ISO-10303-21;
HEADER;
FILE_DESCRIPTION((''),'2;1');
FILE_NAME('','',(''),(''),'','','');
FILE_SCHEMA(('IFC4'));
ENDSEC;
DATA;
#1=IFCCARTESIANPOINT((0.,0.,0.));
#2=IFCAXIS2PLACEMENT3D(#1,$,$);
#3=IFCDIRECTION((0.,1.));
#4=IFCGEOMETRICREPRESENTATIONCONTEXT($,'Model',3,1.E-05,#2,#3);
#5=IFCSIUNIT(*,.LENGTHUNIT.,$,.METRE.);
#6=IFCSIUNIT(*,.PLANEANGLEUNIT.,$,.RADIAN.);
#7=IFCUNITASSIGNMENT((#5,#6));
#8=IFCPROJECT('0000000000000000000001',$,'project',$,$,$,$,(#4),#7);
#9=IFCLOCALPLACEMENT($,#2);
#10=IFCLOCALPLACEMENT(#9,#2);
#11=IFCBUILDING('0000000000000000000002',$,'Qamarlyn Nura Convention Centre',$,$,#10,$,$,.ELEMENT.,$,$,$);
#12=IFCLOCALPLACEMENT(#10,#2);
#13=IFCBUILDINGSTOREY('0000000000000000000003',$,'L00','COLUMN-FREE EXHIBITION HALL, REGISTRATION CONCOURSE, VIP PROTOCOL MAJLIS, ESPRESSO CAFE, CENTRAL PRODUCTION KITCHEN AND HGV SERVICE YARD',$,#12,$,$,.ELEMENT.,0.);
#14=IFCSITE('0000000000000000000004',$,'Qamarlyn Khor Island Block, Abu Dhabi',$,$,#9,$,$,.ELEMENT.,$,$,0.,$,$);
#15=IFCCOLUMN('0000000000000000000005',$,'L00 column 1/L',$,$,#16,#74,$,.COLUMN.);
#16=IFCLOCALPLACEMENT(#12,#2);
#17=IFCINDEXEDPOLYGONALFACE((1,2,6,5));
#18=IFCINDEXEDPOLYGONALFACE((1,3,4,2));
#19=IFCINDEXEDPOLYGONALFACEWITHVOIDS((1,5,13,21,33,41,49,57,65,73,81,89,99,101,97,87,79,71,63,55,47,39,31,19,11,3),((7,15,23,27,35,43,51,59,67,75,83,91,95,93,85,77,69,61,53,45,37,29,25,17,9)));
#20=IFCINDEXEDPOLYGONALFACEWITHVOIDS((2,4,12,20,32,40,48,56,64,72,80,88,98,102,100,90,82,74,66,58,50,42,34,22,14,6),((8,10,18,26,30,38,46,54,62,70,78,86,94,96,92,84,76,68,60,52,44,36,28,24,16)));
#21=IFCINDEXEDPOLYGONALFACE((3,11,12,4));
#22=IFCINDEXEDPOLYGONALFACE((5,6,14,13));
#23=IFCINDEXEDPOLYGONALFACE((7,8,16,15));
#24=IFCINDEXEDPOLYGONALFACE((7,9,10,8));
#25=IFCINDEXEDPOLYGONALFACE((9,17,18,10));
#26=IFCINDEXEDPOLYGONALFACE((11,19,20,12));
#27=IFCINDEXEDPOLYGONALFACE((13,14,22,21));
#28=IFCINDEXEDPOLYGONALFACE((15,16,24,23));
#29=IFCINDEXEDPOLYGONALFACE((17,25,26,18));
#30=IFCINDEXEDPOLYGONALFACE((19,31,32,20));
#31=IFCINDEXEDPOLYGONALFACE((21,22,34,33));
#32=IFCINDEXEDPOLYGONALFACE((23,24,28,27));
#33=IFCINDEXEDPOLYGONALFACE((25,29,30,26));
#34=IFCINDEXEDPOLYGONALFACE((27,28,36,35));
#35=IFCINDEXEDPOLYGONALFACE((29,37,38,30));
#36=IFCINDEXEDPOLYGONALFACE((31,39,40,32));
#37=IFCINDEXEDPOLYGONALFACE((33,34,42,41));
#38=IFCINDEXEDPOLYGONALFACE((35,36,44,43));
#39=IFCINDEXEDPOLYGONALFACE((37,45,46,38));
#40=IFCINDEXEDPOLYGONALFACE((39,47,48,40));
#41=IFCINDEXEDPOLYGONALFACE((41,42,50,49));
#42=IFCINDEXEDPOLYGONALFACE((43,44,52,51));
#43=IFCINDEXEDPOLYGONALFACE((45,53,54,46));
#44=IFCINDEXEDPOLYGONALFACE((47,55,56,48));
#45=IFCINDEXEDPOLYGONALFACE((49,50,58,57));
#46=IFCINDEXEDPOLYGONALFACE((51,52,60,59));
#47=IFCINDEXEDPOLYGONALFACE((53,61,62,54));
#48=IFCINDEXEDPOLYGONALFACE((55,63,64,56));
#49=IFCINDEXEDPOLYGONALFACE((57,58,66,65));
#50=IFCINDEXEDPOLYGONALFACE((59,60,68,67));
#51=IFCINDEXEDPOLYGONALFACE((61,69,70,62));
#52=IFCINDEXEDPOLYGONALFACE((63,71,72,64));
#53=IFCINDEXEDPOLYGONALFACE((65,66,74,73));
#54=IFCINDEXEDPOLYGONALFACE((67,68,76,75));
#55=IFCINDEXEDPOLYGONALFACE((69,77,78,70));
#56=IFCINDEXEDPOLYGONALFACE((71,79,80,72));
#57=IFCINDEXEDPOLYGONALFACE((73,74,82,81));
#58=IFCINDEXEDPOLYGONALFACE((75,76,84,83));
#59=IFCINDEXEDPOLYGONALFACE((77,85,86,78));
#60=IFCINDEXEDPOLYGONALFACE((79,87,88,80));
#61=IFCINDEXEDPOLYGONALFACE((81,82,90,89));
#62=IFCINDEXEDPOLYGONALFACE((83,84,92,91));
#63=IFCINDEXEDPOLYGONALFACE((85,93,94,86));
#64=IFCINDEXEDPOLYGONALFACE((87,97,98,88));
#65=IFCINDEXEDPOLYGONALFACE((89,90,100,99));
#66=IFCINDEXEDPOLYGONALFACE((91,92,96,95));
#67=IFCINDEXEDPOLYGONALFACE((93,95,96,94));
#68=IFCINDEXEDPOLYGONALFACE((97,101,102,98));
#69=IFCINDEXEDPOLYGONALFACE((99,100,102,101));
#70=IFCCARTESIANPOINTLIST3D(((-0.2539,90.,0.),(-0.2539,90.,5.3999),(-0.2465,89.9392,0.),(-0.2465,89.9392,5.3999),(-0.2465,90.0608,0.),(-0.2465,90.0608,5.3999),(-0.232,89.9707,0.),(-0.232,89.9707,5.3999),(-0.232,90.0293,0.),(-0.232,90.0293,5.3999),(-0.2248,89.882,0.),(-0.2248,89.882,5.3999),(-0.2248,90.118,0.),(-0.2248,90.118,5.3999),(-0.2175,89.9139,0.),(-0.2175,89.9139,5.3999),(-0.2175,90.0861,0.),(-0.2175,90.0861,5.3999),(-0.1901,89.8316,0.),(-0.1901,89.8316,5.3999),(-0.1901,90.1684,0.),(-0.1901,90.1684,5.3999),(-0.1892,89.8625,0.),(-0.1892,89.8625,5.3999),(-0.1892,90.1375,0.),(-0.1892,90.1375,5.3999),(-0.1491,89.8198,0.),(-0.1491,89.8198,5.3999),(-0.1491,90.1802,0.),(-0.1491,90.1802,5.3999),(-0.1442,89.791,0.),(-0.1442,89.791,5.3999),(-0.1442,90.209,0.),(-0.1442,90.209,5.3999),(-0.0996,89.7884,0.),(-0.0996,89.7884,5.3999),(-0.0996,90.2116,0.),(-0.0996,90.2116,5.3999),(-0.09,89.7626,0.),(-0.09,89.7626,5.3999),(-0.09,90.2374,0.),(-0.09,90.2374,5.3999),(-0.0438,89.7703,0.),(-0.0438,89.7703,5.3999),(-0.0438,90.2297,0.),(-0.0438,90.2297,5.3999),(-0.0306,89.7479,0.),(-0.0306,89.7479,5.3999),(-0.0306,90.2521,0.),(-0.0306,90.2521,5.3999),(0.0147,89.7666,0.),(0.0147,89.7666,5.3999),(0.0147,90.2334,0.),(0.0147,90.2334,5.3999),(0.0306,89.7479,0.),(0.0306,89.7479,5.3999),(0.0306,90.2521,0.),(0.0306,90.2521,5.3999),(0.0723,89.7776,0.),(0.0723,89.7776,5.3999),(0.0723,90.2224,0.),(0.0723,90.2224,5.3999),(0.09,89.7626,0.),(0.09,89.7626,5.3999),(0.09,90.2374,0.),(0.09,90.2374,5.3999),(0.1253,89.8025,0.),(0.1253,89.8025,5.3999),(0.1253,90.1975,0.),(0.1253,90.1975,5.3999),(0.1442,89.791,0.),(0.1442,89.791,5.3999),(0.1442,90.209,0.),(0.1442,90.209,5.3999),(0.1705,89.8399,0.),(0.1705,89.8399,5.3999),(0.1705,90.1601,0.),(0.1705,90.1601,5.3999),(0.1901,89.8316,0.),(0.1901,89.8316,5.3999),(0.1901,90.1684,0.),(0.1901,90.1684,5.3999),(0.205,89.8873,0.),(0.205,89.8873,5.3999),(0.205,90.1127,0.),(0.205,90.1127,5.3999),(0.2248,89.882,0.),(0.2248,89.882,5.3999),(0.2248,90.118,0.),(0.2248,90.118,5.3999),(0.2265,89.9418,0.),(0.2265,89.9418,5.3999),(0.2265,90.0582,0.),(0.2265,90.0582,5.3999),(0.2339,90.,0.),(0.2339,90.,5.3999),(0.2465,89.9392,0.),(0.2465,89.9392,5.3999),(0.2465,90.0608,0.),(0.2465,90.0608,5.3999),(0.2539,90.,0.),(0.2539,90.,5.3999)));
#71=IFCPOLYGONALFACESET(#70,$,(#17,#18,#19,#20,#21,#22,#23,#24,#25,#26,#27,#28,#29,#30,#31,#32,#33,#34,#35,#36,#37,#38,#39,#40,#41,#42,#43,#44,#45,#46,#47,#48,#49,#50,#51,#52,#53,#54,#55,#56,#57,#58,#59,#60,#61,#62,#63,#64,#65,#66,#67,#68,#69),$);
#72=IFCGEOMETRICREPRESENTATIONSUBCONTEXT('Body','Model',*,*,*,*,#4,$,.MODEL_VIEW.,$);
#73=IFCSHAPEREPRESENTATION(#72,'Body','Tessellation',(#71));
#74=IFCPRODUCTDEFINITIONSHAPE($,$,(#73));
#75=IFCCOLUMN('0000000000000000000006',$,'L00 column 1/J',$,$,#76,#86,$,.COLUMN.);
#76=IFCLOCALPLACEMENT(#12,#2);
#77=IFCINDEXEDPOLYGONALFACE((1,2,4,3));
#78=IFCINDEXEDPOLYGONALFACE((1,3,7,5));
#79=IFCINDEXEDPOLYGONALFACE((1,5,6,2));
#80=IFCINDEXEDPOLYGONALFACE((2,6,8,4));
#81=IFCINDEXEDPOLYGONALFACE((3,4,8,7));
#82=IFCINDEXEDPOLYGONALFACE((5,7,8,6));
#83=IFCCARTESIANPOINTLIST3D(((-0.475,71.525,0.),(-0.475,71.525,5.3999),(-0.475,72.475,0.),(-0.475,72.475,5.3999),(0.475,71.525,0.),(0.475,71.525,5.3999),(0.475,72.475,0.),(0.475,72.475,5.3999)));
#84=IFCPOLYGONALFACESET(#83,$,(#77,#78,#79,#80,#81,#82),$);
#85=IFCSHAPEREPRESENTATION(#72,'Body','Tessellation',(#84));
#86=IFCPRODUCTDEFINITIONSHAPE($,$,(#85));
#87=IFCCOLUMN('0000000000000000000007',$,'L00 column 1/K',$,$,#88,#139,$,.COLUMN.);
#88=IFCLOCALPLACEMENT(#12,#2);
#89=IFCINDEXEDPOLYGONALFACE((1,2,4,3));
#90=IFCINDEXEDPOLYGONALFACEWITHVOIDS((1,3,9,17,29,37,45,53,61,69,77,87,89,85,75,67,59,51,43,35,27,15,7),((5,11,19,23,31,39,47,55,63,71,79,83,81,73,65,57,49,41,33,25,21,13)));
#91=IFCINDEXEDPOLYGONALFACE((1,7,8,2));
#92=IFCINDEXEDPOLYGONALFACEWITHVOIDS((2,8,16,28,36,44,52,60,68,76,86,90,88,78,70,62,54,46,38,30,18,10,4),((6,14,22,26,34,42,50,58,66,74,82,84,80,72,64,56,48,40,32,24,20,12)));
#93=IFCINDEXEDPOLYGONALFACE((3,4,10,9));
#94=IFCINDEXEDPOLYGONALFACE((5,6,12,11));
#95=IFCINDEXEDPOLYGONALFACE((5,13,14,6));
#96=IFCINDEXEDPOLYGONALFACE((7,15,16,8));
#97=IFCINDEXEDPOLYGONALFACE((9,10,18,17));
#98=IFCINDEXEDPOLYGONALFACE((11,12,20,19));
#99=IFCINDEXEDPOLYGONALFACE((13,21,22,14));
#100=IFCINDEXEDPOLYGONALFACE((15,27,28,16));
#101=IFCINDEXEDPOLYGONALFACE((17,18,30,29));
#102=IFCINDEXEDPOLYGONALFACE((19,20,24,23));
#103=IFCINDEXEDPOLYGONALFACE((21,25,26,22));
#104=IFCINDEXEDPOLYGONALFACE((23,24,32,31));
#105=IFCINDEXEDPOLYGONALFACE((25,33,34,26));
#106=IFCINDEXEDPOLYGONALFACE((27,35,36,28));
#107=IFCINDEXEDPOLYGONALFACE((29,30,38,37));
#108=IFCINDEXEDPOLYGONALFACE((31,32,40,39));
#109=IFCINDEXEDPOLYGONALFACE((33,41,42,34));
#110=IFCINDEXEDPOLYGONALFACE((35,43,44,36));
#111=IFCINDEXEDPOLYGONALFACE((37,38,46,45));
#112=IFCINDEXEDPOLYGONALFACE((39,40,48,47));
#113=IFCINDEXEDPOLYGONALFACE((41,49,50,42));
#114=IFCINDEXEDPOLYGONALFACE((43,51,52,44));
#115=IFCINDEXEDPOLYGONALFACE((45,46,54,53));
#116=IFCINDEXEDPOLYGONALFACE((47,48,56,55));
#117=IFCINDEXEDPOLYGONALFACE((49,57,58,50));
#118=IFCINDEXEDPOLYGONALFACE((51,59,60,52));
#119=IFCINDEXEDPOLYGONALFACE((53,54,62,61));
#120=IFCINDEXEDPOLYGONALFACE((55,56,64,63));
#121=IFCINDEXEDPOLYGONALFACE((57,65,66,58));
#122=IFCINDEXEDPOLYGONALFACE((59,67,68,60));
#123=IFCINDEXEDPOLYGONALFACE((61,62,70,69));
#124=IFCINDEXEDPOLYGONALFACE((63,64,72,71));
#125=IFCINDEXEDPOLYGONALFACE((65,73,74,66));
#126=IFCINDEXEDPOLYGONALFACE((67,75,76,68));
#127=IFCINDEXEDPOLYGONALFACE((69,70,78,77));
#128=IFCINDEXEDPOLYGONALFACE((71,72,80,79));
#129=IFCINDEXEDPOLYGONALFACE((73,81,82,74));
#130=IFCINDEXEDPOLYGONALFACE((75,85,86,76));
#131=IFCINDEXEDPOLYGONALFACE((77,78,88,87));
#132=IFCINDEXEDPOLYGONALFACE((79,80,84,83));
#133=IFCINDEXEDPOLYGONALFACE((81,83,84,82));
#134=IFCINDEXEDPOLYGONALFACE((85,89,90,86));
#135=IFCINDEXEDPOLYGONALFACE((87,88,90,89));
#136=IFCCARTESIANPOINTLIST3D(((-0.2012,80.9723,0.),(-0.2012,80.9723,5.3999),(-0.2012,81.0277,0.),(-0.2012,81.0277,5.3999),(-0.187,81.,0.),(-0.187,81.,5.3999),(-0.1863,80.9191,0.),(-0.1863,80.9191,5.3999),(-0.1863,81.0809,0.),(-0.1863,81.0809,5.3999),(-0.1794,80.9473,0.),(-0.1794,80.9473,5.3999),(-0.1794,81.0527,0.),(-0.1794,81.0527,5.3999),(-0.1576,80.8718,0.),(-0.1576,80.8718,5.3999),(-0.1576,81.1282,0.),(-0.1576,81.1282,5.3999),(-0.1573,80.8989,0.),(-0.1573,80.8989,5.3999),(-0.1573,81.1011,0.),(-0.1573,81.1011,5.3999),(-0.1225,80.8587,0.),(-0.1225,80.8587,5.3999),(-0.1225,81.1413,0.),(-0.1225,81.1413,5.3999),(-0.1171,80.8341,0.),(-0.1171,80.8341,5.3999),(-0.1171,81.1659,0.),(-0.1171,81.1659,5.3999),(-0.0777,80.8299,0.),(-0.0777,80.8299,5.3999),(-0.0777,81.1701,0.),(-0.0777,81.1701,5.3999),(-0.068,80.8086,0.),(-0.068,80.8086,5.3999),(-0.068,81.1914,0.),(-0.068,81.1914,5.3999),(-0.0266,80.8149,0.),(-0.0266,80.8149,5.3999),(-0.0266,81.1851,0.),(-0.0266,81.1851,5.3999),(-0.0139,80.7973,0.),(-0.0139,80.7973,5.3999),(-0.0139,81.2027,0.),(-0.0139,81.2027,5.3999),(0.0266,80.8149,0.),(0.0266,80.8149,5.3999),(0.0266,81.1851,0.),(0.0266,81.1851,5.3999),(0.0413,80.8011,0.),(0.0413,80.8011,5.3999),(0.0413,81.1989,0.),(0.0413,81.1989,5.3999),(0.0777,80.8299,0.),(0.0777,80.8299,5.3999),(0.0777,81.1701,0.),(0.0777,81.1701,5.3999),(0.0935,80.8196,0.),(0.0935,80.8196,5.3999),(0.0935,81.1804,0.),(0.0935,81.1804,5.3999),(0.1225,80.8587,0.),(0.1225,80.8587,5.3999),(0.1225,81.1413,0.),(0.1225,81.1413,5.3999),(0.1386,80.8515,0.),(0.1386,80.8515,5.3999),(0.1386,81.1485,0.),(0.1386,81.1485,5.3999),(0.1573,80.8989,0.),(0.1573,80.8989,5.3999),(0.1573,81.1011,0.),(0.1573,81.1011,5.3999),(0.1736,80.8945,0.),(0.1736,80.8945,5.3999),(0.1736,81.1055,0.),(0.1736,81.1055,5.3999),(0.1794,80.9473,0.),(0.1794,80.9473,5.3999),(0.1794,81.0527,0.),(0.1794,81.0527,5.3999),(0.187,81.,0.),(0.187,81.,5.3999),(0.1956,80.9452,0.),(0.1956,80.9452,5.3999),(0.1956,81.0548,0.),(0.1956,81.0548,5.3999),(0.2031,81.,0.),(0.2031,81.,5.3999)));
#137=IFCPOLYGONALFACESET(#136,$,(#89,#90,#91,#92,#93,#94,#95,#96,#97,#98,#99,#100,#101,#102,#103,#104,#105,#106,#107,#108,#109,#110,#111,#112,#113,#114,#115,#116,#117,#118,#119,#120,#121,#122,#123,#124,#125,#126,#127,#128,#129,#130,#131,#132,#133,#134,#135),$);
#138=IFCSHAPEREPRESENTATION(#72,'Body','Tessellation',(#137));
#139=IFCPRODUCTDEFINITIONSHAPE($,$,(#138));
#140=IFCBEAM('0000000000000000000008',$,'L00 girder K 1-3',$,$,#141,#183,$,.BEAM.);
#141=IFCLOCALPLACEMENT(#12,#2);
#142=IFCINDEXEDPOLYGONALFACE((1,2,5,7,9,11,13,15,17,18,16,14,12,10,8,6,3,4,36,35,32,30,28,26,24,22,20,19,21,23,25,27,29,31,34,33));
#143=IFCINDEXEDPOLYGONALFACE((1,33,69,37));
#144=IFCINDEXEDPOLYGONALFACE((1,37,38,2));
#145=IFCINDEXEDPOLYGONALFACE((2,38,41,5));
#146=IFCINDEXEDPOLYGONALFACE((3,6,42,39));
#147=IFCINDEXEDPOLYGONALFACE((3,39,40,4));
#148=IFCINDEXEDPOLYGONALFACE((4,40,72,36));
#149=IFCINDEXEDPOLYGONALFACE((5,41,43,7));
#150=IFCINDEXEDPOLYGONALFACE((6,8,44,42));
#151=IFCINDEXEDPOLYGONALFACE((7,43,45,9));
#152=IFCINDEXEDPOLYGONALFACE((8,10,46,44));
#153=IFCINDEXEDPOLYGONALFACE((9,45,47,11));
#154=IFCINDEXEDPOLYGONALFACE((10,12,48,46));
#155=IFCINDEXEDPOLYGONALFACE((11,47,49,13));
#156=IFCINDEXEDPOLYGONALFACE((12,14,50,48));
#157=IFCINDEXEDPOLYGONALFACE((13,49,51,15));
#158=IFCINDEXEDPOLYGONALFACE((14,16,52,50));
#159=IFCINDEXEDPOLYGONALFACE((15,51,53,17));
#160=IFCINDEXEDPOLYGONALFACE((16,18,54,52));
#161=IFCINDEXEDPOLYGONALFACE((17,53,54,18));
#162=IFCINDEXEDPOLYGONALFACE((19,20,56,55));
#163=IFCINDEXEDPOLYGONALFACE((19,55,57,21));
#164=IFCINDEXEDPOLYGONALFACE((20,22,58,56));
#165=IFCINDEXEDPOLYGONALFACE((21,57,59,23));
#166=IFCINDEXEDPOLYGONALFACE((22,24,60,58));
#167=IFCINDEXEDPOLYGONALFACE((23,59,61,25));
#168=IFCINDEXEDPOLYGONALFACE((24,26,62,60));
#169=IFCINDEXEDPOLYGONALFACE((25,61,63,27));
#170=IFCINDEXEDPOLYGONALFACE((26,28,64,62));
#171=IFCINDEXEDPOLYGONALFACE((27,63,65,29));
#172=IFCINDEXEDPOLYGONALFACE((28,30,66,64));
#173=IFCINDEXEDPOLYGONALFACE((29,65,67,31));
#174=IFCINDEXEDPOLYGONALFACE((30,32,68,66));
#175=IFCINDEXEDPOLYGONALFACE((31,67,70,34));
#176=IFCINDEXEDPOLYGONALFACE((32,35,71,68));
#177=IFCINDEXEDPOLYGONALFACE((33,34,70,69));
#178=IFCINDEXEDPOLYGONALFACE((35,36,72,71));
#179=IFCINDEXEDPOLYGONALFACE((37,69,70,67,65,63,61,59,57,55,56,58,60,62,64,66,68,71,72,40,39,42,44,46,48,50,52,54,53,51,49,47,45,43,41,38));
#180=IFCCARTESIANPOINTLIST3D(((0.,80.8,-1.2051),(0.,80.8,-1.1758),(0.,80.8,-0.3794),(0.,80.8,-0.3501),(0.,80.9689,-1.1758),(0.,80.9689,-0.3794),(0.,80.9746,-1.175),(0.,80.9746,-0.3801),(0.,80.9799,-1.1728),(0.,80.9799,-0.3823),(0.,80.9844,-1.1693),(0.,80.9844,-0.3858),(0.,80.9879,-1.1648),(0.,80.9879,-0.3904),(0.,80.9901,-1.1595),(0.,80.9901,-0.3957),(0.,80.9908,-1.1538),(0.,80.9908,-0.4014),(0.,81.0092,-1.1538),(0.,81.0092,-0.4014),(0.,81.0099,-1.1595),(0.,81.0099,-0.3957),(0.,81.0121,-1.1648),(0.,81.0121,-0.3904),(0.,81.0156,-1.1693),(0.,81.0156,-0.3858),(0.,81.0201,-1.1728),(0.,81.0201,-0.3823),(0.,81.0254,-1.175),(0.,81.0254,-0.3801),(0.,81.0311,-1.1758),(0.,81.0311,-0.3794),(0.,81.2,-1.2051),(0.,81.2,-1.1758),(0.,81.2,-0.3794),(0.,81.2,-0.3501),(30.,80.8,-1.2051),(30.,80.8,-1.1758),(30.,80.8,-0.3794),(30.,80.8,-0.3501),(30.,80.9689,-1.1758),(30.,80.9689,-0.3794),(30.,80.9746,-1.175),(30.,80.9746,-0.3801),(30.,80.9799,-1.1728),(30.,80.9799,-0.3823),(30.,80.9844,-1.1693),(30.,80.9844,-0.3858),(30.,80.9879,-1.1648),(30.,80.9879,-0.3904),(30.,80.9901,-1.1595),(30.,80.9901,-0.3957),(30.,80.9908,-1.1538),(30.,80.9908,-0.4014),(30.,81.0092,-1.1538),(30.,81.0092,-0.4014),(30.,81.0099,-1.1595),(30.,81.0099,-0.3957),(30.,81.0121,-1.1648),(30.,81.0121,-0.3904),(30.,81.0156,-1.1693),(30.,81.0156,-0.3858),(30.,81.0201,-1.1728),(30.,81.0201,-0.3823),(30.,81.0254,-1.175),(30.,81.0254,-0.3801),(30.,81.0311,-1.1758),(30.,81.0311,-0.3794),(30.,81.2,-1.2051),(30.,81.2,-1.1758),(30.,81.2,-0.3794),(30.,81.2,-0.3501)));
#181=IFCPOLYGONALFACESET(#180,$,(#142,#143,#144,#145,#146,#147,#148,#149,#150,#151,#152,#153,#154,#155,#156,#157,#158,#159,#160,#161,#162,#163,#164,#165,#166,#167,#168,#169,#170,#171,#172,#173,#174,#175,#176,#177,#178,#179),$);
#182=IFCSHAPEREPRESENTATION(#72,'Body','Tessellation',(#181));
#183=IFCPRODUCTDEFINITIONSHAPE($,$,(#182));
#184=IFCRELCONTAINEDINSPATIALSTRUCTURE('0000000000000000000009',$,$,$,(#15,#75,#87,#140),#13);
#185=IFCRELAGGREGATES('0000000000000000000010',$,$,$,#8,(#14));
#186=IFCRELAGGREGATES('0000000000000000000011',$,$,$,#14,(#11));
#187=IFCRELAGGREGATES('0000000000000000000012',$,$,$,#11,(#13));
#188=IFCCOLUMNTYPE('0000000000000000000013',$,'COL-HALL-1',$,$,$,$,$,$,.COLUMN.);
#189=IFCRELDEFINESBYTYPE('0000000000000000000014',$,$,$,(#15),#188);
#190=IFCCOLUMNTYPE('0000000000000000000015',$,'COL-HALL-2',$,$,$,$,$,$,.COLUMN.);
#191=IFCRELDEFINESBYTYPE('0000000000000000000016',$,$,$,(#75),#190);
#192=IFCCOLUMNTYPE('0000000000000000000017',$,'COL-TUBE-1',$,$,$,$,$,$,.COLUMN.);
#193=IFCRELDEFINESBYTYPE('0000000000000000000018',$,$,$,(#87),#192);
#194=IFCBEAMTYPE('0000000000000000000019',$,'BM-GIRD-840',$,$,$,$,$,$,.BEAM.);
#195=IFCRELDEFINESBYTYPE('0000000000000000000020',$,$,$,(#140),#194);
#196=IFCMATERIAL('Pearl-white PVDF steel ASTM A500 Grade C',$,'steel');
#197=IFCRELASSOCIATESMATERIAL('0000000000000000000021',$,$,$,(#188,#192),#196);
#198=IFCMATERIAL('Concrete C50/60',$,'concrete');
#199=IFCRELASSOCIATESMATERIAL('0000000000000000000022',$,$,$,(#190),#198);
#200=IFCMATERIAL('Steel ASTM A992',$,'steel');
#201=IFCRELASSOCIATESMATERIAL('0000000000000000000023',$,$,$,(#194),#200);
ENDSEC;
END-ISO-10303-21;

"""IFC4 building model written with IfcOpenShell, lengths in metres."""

from ifc_helpers import new_model, si_unit, direction, frame, origin, origin_2d, place, context, subcontext, project, spatial, rectangle, hollow_circle, i_section, extrude, material, material_profile, profile_set, type_object, element, save


model = new_model("IFC4")

# Units and contexts
model_context = context("Model", 3, precision=1e-05, world=origin(), true_north=direction((0.0, 1.0)))
body_context = subcontext(model_context, "Body", "Model", "MODEL_VIEW")
ifc_project = project(units=[si_unit("LENGTHUNIT", "METRE"), si_unit("PLANEANGLEUNIT", "RADIAN")], contexts=[model_context])

# Site, building, storey
site_placement = place(None, origin())
site = spatial("IfcSite", under=ifc_project, at=site_placement, Name="Qamarlyn Khor Island Block, Abu Dhabi", CompositionType="ELEMENT", RefElevation=0.0)
building_placement = place(site_placement, origin())
building = spatial("IfcBuilding", under=site, at=building_placement, Name="Qamarlyn Nura Convention Centre", CompositionType="ELEMENT")
storey_placement = place(building_placement, origin())
storey = spatial("IfcBuildingStorey", under=building, at=storey_placement, Name="L00", Description="COLUMN-FREE EXHIBITION HALL, REGISTRATION CONCOURSE, VIP PROTOCOL MAJLIS, ESPRESSO CAFE, CENTRAL PRODUCTION KITCHEN AND HGV SERVICE YARD", CompositionType="ELEMENT", Elevation=0.0)

# Columns
ifc_material_1 = material(Name="Pearl-white PVDF steel ASTM A500 Grade C", Category="steel")
ifc_material_profile_1 = material_profile(ifc_material_1, hollow_circle(Radius=0.2539, WallThickness=0.02, at=origin_2d()), Name="CHS508X20")
ifc_profile_set_1 = profile_set([ifc_material_profile_1], Name="Pearl-white PVDF steel ASTM A500 Grade C")
column_type_1 = type_object("IfcColumnType", Name="COL-HALL-1", PredefinedType="COLUMN", material=ifc_profile_set_1)
column_1_placement = place(storey_placement, frame((0.0, 90.0, 0.0), z_axis=(0.0, 0.0, 1.0), x_axis=(1.0, 0.0, 0.0)))
element("IfcColumn", 1, at=column_1_placement, inside=storey, type_object=column_type_1, Name="L00 column 1/L", PredefinedType="COLUMN", context=body_context, shape_type="SweptSolid", body=[
    extrude(hollow_circle(Radius=0.2539, WallThickness=0.02, at=origin_2d()), origin(), (0.0, 0.0, 1.0), 5.3999),
])
ifc_material_2 = material(Name="Concrete C50/60", Category="concrete")
ifc_material_profile_2 = material_profile(ifc_material_2, rectangle(XDim=0.95, YDim=0.95, at=origin_2d()), Name="RC 950x950")
ifc_profile_set_2 = profile_set([ifc_material_profile_2], Name="Concrete C50/60")
column_type_2 = type_object("IfcColumnType", Name="COL-HALL-2", PredefinedType="COLUMN", material=ifc_profile_set_2)
column_2_placement = place(storey_placement, frame((0.0, 72.0, 0.0), z_axis=(0.0, 0.0, 1.0), x_axis=(1.0, 0.0, 0.0)))
element("IfcColumn", 2, at=column_2_placement, inside=storey, type_object=column_type_2, Name="L00 column 1/J", PredefinedType="COLUMN", context=body_context, shape_type="SweptSolid", body=[
    extrude(rectangle(XDim=0.95, YDim=0.95, at=origin_2d()), origin(), (0.0, 0.0, 1.0), 5.3999),
])
ifc_material_profile_3 = material_profile(ifc_material_1, hollow_circle(Radius=0.2031, WallThickness=0.0161, at=origin_2d()), Name="CHS406.4X16")
ifc_profile_set_3 = profile_set([ifc_material_profile_3], Name="Pearl-white PVDF steel ASTM A500 Grade C")
column_type_3 = type_object("IfcColumnType", Name="COL-TUBE-1", PredefinedType="COLUMN", material=ifc_profile_set_3)
column_3_placement = place(storey_placement, frame((0.0, 81.0, 0.0), z_axis=(0.0, 0.0, 1.0), x_axis=(1.0, 0.0, 0.0)))
element("IfcColumn", 3, at=column_3_placement, inside=storey, type_object=column_type_3, Name="L00 column 1/K", PredefinedType="COLUMN", context=body_context, shape_type="SweptSolid", body=[
    extrude(hollow_circle(Radius=0.2031, WallThickness=0.0161, at=origin_2d()), origin(), (0.0, 0.0, 1.0), 5.3999),
])

# Beam
ifc_material_3 = material(Name="Steel ASTM A992", Category="steel")
ifc_material_profile_4 = material_profile(ifc_material_3, i_section(OverallWidth=0.3999, OverallDepth=0.855, WebThickness=0.0183, FlangeThickness=0.0293, FilletRadius=0.022, at=origin_2d()), Name="W840X299")
ifc_profile_set_4 = profile_set([ifc_material_profile_4], Name="Steel ASTM A992")
beam_type_1 = type_object("IfcBeamType", Name="BM-GIRD-840", PredefinedType="BEAM", material=ifc_profile_set_4)
beam_1_placement = place(storey_placement, frame((0.0, 81.0, -0.7776), z_axis=(1.0, 0.0, 0.0), x_axis=(0.0, 1.0, 0.0)))
element("IfcBeam", 4, at=beam_1_placement, inside=storey, type_object=beam_type_1, Name="L00 girder K 1-3", PredefinedType="BEAM", context=body_context, shape_type="SweptSolid", body=[
    extrude(i_section(OverallWidth=0.3999, OverallDepth=0.855, WebThickness=0.0183, FlangeThickness=0.0293, FilletRadius=0.022, at=origin_2d()), origin(), (0.0, 0.0, 1.0), 30.0),
])

save(model, "model.ifc")
